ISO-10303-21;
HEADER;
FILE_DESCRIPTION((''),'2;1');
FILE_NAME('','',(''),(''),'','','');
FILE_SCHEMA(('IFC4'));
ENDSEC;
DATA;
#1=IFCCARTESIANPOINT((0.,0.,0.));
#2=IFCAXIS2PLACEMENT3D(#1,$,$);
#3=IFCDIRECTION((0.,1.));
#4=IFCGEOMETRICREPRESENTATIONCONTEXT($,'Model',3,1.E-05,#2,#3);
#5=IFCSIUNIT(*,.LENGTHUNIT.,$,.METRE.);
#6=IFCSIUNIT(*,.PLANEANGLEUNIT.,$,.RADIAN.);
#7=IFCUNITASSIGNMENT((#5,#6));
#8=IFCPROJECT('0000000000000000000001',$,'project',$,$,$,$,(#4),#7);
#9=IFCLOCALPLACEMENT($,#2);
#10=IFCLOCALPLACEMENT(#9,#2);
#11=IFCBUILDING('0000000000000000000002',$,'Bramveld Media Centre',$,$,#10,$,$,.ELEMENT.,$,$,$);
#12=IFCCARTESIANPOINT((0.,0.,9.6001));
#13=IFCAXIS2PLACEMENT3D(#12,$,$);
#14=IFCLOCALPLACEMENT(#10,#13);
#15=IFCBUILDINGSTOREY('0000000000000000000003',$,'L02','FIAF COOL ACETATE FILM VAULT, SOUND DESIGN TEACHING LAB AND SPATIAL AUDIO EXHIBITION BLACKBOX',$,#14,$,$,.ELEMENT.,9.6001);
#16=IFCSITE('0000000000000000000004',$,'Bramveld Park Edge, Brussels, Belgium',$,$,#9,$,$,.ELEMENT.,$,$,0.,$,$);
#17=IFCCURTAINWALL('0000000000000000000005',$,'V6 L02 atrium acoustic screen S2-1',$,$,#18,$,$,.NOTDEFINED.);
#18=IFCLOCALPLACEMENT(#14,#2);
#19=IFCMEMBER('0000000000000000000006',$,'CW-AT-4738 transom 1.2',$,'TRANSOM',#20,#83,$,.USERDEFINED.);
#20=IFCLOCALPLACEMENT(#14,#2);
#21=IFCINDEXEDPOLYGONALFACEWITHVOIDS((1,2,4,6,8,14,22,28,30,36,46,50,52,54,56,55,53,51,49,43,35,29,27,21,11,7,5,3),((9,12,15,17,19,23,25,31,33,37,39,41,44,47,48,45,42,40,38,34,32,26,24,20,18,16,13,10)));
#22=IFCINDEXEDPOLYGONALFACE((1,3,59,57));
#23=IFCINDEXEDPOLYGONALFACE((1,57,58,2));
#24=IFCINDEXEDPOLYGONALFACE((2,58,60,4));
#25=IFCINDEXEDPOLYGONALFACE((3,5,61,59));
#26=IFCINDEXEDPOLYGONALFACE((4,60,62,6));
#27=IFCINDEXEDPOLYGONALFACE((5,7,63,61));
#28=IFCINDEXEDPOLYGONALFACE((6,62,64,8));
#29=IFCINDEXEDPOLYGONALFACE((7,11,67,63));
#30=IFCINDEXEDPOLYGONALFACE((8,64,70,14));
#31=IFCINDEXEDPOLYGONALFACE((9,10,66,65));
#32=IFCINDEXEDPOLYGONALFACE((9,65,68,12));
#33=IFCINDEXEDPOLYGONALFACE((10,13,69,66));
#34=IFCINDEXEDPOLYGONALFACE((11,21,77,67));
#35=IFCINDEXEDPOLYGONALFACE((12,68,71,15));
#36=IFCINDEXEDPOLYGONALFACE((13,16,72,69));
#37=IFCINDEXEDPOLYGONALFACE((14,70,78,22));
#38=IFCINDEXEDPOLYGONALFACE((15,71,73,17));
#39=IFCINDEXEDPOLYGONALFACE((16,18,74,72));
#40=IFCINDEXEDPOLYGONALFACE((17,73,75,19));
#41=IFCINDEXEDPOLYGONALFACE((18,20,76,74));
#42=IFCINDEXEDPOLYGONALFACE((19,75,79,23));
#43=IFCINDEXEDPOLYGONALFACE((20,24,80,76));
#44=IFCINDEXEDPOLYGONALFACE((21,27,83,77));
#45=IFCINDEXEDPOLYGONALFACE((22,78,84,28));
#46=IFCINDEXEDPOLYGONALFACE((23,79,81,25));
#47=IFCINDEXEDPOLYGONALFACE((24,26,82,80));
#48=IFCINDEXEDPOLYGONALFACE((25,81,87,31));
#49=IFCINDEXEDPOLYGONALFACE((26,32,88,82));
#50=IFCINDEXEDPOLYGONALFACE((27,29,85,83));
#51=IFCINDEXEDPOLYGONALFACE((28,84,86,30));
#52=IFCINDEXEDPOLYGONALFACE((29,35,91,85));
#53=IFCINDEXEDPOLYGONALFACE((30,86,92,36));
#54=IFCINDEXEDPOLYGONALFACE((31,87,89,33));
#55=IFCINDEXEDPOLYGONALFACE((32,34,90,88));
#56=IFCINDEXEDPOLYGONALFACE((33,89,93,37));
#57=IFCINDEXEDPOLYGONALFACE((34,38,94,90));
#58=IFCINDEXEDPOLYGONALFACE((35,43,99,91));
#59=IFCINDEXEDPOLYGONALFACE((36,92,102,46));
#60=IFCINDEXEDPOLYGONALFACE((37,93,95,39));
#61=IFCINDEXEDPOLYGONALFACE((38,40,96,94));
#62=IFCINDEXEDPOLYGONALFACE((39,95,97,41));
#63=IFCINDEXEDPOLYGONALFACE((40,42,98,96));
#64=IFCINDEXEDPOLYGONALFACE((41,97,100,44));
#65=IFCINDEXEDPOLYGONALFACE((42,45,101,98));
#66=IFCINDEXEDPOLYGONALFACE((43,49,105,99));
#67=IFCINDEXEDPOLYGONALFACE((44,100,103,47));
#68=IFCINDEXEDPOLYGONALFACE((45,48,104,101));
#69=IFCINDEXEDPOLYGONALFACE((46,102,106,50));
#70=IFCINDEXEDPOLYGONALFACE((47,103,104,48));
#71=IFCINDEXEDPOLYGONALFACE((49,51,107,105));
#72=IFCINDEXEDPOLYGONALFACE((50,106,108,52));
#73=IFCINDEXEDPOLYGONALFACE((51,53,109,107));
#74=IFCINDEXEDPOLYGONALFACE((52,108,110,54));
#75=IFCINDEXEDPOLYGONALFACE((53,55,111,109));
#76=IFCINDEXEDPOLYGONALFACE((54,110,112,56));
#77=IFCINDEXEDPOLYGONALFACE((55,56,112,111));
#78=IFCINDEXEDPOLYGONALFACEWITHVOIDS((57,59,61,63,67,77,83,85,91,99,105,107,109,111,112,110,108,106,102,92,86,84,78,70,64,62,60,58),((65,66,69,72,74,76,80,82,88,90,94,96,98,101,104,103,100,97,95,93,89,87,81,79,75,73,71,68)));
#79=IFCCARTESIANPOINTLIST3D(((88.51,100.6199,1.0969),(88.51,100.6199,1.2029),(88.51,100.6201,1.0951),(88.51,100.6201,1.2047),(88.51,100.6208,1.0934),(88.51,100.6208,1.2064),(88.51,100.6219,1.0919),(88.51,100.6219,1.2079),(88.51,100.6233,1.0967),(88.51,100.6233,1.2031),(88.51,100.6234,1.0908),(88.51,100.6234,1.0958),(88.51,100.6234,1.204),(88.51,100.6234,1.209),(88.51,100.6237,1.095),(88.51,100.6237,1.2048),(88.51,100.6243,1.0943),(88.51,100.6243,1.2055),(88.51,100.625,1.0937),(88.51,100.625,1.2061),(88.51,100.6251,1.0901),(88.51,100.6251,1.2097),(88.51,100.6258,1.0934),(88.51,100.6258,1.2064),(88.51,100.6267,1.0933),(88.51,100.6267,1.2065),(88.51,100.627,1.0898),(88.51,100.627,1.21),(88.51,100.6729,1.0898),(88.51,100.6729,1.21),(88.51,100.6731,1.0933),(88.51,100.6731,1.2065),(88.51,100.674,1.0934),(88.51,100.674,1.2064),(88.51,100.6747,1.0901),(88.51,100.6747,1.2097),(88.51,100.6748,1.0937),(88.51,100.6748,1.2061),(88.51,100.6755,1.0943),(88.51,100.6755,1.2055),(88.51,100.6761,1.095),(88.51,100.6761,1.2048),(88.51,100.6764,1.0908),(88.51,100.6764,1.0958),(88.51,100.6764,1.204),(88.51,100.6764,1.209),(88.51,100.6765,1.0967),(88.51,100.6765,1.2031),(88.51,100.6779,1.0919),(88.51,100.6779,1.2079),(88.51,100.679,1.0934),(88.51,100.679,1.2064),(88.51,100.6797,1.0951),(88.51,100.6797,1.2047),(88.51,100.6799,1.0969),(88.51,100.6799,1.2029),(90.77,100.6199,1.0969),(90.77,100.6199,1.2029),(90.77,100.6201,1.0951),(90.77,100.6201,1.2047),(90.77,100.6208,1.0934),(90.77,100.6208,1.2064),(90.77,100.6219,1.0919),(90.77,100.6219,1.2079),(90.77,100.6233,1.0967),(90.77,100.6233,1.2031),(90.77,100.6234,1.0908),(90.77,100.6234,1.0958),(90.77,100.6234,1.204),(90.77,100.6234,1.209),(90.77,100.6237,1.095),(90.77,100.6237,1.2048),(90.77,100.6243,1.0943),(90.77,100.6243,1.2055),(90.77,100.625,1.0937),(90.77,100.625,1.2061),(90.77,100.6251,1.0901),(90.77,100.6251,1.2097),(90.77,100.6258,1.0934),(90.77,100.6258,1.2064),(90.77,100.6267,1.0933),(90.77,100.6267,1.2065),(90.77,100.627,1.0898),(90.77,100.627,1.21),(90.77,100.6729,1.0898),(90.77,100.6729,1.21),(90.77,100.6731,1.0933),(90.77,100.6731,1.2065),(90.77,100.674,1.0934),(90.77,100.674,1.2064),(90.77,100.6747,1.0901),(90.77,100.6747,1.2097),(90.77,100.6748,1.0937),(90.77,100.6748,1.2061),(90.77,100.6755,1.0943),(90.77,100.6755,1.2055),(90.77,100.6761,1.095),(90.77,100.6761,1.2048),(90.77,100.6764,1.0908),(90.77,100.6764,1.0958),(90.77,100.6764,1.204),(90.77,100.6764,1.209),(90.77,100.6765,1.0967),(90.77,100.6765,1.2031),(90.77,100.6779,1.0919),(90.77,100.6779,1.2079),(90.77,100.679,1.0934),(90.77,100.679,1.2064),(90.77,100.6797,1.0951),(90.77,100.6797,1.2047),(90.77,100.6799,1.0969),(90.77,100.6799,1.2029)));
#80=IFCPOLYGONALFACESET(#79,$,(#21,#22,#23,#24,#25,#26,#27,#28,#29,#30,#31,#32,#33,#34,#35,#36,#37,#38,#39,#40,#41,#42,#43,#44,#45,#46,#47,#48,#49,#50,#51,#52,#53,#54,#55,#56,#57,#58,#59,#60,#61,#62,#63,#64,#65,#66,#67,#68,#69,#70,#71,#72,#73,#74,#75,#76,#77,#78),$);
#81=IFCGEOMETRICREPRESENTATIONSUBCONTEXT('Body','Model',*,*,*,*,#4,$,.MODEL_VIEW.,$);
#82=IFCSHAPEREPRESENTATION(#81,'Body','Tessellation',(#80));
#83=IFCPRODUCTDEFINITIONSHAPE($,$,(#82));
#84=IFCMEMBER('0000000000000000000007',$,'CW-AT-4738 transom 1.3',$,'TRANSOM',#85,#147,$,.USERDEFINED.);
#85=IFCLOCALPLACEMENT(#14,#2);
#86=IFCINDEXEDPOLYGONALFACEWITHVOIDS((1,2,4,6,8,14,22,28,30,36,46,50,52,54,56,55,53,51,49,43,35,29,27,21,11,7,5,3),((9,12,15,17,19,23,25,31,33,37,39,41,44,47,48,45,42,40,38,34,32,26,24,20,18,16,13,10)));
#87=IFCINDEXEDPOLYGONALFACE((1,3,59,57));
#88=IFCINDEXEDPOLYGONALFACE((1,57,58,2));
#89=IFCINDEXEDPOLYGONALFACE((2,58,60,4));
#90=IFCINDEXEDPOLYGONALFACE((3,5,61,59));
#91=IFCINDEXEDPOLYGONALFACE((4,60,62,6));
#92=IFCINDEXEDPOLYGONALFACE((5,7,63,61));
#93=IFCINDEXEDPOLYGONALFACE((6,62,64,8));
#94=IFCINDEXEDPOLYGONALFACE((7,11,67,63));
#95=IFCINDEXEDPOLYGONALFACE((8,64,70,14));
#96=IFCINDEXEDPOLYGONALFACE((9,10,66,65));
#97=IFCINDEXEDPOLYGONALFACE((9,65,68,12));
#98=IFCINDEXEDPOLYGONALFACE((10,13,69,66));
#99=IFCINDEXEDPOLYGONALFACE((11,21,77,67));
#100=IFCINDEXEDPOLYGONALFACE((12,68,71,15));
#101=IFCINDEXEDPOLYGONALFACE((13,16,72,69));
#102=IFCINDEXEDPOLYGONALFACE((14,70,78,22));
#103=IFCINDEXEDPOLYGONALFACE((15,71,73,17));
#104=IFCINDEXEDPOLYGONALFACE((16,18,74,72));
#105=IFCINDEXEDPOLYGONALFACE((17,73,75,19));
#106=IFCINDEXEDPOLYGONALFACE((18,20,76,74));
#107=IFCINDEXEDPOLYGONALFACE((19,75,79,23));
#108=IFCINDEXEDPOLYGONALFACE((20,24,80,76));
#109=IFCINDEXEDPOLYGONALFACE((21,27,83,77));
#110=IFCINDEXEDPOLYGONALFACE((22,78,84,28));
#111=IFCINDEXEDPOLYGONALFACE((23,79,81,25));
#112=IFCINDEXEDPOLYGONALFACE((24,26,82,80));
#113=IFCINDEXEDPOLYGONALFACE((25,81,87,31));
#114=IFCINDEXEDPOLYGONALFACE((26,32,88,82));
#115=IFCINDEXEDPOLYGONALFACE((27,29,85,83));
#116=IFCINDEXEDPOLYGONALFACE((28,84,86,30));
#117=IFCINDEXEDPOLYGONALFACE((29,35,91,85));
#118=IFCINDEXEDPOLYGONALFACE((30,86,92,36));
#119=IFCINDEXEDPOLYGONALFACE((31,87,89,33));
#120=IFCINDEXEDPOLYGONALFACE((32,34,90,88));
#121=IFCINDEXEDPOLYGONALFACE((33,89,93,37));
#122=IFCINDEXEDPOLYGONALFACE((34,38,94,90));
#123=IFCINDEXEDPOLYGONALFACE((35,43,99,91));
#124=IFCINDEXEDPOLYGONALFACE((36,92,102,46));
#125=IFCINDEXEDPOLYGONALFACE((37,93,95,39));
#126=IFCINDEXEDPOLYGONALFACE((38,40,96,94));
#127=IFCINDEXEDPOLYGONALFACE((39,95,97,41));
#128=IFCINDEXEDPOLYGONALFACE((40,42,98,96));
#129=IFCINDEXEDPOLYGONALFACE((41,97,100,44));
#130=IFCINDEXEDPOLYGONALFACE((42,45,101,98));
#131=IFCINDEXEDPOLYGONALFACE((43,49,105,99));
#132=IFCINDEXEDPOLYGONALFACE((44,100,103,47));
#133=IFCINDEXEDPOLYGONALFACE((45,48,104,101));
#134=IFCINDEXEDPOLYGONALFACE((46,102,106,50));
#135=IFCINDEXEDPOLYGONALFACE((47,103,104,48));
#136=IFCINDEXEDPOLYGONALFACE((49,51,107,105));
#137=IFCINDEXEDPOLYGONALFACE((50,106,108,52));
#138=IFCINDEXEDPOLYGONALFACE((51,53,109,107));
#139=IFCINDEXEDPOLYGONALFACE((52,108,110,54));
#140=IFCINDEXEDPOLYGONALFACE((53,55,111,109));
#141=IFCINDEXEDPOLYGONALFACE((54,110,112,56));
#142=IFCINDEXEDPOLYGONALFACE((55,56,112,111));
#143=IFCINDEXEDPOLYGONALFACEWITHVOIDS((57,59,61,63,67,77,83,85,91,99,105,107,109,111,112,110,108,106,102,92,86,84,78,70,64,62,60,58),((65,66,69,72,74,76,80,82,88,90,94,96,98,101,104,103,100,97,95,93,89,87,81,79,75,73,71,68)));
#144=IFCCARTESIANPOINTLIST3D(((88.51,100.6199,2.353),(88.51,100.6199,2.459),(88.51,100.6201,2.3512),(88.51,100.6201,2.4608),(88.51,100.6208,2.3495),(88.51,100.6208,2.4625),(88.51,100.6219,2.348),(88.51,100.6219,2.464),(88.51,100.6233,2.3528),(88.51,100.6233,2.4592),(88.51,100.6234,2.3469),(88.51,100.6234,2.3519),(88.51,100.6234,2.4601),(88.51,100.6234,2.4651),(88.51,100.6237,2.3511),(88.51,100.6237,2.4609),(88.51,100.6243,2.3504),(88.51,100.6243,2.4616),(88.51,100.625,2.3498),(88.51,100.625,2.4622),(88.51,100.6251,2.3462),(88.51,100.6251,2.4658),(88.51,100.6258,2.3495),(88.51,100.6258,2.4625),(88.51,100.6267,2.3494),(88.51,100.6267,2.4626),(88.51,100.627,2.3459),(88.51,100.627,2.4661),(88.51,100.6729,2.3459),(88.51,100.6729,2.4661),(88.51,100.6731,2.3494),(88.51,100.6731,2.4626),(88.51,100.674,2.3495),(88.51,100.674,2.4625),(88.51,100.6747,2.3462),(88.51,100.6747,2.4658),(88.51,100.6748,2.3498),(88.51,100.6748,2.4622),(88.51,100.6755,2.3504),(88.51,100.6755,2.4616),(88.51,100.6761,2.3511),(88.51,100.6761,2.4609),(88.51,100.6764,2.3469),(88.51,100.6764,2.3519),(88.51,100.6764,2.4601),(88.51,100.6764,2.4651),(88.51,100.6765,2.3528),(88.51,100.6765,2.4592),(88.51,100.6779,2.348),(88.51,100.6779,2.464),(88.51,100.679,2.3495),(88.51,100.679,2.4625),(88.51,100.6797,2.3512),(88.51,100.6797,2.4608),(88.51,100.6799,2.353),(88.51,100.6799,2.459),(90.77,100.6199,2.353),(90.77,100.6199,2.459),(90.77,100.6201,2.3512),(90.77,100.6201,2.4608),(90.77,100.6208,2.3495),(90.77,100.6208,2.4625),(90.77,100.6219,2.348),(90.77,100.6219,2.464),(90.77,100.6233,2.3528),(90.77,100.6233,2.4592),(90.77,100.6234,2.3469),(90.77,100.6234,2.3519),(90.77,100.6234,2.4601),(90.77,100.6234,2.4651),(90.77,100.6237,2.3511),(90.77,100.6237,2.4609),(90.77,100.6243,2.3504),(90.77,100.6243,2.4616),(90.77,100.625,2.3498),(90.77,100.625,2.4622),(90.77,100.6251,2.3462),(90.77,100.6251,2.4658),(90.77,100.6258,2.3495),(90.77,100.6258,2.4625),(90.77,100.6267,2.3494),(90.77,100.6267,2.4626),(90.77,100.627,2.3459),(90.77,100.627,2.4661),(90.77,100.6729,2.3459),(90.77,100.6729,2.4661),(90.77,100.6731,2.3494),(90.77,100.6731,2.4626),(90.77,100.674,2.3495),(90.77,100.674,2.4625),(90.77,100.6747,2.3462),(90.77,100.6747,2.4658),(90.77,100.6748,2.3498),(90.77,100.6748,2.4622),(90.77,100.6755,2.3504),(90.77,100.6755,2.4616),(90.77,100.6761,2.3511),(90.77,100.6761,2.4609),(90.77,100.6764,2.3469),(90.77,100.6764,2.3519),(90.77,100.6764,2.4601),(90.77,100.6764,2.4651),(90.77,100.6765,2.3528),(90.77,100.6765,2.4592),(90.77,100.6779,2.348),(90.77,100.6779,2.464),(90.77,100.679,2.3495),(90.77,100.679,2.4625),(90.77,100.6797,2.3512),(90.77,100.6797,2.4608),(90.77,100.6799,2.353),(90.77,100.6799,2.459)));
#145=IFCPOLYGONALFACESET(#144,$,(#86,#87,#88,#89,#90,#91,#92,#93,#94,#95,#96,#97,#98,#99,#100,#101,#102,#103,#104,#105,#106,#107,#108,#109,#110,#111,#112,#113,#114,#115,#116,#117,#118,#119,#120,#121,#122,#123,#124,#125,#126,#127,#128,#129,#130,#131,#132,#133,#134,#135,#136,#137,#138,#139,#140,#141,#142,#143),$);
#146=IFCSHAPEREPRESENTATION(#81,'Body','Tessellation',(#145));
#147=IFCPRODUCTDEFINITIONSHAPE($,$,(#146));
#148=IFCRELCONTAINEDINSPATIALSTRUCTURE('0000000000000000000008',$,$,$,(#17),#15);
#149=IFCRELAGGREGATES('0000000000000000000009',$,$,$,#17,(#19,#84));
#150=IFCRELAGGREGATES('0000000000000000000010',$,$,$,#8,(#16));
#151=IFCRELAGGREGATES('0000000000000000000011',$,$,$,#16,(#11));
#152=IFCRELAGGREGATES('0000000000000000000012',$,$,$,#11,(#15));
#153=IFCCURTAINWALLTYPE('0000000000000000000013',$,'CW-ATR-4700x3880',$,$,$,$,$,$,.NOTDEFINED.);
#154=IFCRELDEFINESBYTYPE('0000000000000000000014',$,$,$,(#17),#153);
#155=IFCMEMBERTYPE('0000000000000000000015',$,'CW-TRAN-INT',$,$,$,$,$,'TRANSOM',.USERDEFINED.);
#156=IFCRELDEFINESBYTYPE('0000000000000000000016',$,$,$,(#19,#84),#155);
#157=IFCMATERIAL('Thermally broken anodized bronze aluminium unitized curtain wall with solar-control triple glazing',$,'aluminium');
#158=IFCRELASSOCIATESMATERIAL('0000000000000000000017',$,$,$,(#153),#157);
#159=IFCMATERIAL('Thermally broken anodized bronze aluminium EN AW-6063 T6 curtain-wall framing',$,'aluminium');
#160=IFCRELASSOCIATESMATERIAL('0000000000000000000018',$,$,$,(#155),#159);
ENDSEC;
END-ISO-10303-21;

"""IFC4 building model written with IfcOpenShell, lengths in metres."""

from ifc_helpers import new_model, si_unit, direction, frame, origin, origin_2d, place, context, subcontext, project, spatial, hollow_rectangle, extrude, material, material_profile, profile_set, type_object, element, aggregate, save


model = new_model("IFC4")

# Units and contexts
model_context = context("Model", 3, precision=1e-05, world=origin(), true_north=direction((0.0, 1.0)))
body_context = subcontext(model_context, "Body", "Model", "MODEL_VIEW")
ifc_project = project(units=[si_unit("LENGTHUNIT", "METRE"), si_unit("PLANEANGLEUNIT", "RADIAN")], contexts=[model_context])

# Site, building, storey
site_placement = place(None, origin())
site = spatial("IfcSite", under=ifc_project, at=site_placement, Name="Bramveld Park Edge, Brussels, Belgium", CompositionType="ELEMENT", RefElevation=0.0)
building_placement = place(site_placement, origin())
building = spatial("IfcBuilding", under=site, at=building_placement, Name="Bramveld Media Centre", CompositionType="ELEMENT")
storey_placement = place(building_placement, frame((0.0, 0.0, 9.6001)))
storey = spatial("IfcBuildingStorey", under=building, at=storey_placement, Name="L02", Description="FIAF COOL ACETATE FILM VAULT, SOUND DESIGN TEACHING LAB AND SPATIAL AUDIO EXHIBITION BLACKBOX", CompositionType="ELEMENT", Elevation=9.6001)

# Curtain wall
ifc_material_1 = material(Name="Thermally broken anodized bronze aluminium unitized curtain wall with solar-control triple glazing", Category="aluminium")
curtain_wall_type_1 = type_object("IfcCurtainWallType", Name="CW-ATR-4700x3880", PredefinedType="NOTDEFINED", material=ifc_material_1)
curtain_wall_1_placement = place(storey_placement, origin())
curtain_wall_1 = element("IfcCurtainWall", 1, at=curtain_wall_1_placement, inside=storey, type_object=curtain_wall_type_1, Name="V6 L02 atrium acoustic screen S2-1", PredefinedType="NOTDEFINED")

# Members
ifc_material_2 = material(Name="Thermally broken anodized bronze aluminium EN AW-6063 T6 curtain-wall framing", Category="aluminium")
ifc_material_profile_1 = material_profile(ifc_material_2, hollow_rectangle(XDim=0.0601, YDim=0.1201, WallThickness=0.0034, InnerFilletRadius=0.0034, OuterFilletRadius=0.0071, at=origin_2d()), Name="AL-TRAN 60x120")
ifc_profile_set_1 = profile_set([ifc_material_profile_1], Name="Thermally broken anodized bronze aluminium EN AW-6063 T6 curtain-wall framing")
member_type_1 = type_object("IfcMemberType", Name="CW-TRAN-INT", ElementType="TRANSOM", PredefinedType="USERDEFINED", material=ifc_profile_set_1)
member_1_placement = place(storey_placement, frame((88.51, 100.6499, 1.1499), z_axis=(1.0, 0.0, 0.0), x_axis=(0.0, 1.0, 0.0)))
member_1 = element("IfcMember", 2, at=member_1_placement, type_object=member_type_1, Name="CW-AT-4738 transom 1.2", ObjectType="TRANSOM", PredefinedType="USERDEFINED", context=body_context, shape_type="SweptSolid", body=[
    extrude(hollow_rectangle(XDim=0.0601, YDim=0.1201, WallThickness=0.0034, InnerFilletRadius=0.0034, OuterFilletRadius=0.0071, at=origin_2d()), origin(), (0.0, 0.0, 1.0), 2.26),
])
member_2_placement = place(storey_placement, frame((88.51, 100.6499, 2.406), z_axis=(1.0, 0.0, 0.0), x_axis=(0.0, 1.0, 0.0)))
member_2 = element("IfcMember", 3, at=member_2_placement, type_object=member_type_1, Name="CW-AT-4738 transom 1.3", ObjectType="TRANSOM", PredefinedType="USERDEFINED", context=body_context, shape_type="SweptSolid", body=[
    extrude(hollow_rectangle(XDim=0.0601, YDim=0.1201, WallThickness=0.0034, InnerFilletRadius=0.0034, OuterFilletRadius=0.0071, at=origin_2d()), origin(), (0.0, 0.0, 1.0), 2.26),
])

aggregate(curtain_wall_1, [member_1, member_2])

save(model, "model.ifc")
